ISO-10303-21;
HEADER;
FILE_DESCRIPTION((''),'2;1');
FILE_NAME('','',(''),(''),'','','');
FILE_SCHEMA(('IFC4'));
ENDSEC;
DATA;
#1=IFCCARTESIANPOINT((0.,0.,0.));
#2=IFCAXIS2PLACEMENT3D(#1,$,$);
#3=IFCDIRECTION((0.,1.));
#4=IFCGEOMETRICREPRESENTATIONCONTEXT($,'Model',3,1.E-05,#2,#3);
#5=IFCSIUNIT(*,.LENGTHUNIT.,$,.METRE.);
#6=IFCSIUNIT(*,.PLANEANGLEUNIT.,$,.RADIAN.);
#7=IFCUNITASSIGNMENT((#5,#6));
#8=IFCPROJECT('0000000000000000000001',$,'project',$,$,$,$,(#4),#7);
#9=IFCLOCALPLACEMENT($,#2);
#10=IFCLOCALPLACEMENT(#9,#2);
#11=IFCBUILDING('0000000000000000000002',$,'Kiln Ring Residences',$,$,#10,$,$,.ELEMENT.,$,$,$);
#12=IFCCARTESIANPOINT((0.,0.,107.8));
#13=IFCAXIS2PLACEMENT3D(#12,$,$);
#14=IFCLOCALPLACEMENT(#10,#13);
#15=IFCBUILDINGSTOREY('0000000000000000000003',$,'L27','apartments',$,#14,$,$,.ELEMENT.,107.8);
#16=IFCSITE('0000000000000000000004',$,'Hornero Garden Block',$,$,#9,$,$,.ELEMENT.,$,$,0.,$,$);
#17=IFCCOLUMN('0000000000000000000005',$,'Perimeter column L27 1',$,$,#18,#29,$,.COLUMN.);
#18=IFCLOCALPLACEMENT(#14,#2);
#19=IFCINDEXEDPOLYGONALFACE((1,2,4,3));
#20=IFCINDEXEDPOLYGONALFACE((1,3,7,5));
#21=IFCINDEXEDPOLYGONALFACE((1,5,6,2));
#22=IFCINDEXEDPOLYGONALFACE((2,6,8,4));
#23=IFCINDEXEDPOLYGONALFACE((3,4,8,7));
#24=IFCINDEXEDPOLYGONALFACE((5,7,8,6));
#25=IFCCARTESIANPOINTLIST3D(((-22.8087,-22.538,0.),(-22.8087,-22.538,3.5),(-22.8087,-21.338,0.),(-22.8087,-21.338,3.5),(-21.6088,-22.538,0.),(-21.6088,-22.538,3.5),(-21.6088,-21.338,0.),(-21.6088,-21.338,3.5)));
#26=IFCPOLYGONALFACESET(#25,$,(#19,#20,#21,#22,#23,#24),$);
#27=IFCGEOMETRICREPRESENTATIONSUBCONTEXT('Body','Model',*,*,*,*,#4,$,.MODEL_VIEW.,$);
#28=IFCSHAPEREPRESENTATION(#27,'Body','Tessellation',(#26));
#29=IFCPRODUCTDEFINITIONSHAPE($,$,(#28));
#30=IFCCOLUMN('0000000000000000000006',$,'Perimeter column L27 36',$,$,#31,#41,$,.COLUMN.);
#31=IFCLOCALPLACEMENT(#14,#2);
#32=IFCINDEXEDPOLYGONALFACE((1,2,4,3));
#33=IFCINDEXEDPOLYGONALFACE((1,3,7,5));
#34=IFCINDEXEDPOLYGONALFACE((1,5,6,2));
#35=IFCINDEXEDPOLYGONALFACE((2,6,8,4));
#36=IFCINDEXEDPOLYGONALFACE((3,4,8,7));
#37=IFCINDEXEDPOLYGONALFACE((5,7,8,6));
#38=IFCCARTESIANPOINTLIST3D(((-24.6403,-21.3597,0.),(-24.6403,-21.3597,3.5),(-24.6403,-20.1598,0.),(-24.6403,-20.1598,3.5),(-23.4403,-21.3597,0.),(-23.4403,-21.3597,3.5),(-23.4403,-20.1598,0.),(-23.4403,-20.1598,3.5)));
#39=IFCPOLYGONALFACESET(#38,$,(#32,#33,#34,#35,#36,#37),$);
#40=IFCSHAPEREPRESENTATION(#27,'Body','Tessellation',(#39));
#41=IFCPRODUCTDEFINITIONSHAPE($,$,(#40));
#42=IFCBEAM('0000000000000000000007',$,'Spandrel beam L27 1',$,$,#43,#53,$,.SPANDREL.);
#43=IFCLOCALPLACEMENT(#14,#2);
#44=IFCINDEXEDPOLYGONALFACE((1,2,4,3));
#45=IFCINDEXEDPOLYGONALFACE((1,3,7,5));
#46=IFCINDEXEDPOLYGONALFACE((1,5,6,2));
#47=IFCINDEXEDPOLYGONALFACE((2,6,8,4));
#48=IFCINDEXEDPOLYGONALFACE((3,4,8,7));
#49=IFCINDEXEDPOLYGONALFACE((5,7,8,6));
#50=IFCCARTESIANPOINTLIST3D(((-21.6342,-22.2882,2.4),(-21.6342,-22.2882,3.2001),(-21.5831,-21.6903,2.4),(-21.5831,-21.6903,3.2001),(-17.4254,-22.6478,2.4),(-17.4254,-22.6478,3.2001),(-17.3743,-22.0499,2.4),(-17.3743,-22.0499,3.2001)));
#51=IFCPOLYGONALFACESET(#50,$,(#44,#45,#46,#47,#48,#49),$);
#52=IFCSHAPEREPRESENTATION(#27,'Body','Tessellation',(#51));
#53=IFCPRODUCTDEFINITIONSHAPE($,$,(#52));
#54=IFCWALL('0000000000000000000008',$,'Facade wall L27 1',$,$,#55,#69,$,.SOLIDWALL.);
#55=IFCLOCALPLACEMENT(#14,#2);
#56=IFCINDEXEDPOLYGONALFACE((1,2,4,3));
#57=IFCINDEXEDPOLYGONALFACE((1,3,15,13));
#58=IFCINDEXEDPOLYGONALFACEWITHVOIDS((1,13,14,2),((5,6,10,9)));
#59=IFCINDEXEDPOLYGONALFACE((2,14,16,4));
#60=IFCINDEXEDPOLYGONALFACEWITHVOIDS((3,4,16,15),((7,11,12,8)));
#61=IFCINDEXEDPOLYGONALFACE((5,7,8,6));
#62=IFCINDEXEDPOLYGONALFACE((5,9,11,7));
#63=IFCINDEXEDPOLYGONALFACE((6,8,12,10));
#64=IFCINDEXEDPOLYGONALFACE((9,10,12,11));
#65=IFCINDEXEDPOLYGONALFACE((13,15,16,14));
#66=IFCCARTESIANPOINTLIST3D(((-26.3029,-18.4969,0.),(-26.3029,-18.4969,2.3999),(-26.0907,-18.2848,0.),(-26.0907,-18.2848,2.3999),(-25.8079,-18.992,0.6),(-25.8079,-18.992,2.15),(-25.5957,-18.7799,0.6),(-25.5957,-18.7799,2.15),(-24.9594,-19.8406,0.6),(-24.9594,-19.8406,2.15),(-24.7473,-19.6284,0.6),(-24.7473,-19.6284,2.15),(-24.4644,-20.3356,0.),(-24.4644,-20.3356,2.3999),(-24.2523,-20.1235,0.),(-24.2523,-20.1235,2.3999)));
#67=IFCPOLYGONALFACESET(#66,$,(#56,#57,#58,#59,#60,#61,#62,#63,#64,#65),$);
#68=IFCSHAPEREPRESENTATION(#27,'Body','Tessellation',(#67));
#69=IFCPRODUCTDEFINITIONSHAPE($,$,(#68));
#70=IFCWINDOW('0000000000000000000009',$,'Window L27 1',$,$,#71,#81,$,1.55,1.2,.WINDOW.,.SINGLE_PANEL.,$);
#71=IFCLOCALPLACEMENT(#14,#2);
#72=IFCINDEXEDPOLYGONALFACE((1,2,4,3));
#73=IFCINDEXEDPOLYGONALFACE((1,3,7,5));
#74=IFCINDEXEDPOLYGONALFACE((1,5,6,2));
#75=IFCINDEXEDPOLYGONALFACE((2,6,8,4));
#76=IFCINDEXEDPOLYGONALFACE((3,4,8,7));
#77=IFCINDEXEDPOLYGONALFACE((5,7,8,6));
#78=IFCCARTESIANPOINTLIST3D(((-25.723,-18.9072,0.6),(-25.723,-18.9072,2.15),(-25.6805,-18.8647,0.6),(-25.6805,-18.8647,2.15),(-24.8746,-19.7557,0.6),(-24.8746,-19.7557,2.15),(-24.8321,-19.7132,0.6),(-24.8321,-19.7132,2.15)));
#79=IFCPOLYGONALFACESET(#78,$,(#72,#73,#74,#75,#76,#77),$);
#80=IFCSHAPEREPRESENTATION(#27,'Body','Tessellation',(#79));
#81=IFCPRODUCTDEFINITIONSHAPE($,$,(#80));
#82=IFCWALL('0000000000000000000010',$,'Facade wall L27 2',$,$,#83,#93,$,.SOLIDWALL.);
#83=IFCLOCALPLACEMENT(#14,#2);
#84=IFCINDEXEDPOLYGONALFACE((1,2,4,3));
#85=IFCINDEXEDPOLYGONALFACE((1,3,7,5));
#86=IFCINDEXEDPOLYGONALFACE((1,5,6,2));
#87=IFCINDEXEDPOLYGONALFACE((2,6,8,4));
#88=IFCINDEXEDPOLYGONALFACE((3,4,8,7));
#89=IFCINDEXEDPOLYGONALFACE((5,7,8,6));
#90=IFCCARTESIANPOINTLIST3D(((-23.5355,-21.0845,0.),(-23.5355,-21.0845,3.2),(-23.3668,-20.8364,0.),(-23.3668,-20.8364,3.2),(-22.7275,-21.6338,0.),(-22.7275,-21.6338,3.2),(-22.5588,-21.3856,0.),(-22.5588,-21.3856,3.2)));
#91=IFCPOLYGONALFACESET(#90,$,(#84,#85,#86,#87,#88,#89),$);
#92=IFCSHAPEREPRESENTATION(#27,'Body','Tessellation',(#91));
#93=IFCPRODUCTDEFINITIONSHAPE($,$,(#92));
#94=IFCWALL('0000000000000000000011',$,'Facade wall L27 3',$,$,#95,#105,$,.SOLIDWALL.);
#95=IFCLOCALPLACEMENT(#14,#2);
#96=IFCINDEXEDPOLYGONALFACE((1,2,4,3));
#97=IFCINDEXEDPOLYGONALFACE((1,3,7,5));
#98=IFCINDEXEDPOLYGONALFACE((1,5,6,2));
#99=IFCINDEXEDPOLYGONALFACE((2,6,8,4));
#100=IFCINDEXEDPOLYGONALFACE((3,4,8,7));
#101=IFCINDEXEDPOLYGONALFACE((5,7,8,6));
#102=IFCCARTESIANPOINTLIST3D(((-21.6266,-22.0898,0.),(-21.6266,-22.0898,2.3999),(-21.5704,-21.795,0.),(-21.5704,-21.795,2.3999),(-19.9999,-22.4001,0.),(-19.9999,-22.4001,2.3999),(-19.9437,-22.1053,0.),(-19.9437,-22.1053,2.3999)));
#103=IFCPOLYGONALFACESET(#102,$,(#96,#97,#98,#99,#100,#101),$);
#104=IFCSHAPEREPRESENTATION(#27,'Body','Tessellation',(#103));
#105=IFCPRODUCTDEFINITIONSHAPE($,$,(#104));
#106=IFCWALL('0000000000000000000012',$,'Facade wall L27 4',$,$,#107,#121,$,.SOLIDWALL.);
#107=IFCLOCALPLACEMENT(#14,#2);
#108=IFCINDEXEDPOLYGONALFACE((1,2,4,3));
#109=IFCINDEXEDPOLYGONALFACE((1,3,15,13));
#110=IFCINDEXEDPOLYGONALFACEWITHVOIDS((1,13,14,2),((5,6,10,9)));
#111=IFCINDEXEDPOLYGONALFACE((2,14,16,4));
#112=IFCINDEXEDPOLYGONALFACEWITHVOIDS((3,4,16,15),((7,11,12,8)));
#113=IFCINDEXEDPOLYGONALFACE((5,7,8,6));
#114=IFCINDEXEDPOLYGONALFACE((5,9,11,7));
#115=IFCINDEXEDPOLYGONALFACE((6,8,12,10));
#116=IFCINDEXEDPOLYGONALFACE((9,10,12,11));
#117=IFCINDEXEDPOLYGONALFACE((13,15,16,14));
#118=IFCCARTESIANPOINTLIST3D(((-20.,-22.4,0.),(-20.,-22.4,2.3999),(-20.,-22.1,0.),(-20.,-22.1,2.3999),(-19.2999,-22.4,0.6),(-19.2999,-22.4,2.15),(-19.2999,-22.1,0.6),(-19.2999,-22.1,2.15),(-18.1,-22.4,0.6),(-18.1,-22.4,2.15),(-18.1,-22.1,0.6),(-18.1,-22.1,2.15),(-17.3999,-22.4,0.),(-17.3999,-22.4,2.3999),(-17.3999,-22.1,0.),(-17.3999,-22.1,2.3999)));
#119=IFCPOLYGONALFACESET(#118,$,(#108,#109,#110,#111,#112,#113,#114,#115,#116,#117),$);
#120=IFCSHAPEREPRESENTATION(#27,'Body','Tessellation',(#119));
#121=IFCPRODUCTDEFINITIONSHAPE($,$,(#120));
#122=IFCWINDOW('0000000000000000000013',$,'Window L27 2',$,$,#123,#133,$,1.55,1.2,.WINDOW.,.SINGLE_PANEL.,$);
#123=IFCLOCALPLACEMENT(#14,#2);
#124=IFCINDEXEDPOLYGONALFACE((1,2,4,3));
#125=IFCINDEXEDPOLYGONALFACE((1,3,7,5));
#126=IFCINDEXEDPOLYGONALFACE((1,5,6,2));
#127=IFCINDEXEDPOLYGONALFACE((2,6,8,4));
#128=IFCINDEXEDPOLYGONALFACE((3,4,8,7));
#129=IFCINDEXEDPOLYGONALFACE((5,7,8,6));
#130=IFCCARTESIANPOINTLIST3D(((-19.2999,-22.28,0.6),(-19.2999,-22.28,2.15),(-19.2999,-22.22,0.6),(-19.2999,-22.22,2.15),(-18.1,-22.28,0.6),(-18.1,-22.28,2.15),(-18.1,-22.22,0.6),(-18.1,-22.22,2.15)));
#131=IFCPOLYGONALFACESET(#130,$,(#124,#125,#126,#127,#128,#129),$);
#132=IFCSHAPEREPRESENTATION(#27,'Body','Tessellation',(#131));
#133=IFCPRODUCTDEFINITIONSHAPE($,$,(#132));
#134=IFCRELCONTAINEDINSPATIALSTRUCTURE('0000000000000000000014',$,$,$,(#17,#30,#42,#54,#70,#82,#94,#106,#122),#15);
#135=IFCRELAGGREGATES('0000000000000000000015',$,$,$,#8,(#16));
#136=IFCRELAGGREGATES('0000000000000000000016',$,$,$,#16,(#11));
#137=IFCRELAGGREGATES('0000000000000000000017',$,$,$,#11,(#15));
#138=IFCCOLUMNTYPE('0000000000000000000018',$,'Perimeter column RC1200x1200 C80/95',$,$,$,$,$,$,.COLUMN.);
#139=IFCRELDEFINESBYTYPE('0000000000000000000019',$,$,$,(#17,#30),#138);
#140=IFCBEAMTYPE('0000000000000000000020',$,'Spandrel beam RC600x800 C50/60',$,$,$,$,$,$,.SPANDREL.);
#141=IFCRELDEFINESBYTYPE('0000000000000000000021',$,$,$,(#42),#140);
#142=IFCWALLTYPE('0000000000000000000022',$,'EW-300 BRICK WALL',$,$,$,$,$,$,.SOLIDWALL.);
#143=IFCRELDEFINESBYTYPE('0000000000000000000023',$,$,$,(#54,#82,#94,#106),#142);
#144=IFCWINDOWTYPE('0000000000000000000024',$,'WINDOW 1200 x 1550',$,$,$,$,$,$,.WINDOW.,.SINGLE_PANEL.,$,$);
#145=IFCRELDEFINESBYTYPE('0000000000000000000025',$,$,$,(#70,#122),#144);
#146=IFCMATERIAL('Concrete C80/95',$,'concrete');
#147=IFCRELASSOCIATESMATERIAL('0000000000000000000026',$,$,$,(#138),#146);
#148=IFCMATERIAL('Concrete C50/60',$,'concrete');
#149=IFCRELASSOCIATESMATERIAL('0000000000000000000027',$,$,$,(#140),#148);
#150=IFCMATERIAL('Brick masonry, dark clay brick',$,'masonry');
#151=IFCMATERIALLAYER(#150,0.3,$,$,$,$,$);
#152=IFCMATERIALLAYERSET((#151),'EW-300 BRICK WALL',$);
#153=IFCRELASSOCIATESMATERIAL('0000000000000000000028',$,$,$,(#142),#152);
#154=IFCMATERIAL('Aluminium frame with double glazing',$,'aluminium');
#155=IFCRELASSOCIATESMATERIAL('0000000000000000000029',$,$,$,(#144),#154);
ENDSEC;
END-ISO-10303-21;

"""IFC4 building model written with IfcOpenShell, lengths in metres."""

from ifc_helpers import new_model, si_unit, direction, frame, frame_2d, origin, origin_2d, place, context, subcontext, project, spatial, rectangle, extrude, material, layer, layer_set, material_profile, profile_set, type_object, element, fill, save


model = new_model("IFC4")

# Units and contexts
model_context = context("Model", 3, precision=1e-05, world=origin(), true_north=direction((0.0, 1.0)))
body_context = subcontext(model_context, "Body", "Model", "MODEL_VIEW")
ifc_project = project(units=[si_unit("LENGTHUNIT", "METRE"), si_unit("PLANEANGLEUNIT", "RADIAN")], contexts=[model_context])

# Site, building, storey
site_placement = place(None, origin())
site = spatial("IfcSite", under=ifc_project, at=site_placement, Name="Hornero Garden Block", CompositionType="ELEMENT", RefElevation=0.0)
building_placement = place(site_placement, origin())
building = spatial("IfcBuilding", under=site, at=building_placement, Name="Kiln Ring Residences", CompositionType="ELEMENT")
storey_placement = place(building_placement, frame((0.0, 0.0, 107.8)))
storey = spatial("IfcBuildingStorey", under=building, at=storey_placement, Name="L27", Description="apartments", CompositionType="ELEMENT", Elevation=107.8)

# Columns
ifc_material_1 = material(Name="Concrete C80/95", Category="concrete")
ifc_material_profile_1 = material_profile(ifc_material_1, rectangle(XDim=1.2, YDim=1.2, at=origin_2d()), Name="RC1200x1200")
ifc_profile_set_1 = profile_set([ifc_material_profile_1], Name="Concrete C80/95")
column_type = type_object("IfcColumnType", Name="Perimeter column RC1200x1200 C80/95", PredefinedType="COLUMN", material=ifc_profile_set_1)
for number, where, z_axis, x_axis, name in (
    (1, (-22.2087, -21.938, 0.0), (0.0, 0.0, 1.0), (1.0, 0.0, 0.0), "Perimeter column L27 1"),
    (2, (-24.0403, -20.7598, 0.0), (0.0, 0.0, 1.0), (1.0, 0.0, 0.0), "Perimeter column L27 36"),
):
    element("IfcColumn", number, at=place(storey_placement, frame(where, z_axis=z_axis, x_axis=x_axis)), inside=storey, type_object=column_type, Name=name, PredefinedType="COLUMN", context=body_context, shape_type="SweptSolid", body=[
        extrude(rectangle(XDim=1.2, YDim=1.2, at=origin_2d()), origin(), (0.0, 0.0, 1.0), 3.5),
    ])

# Beam
ifc_material_2 = material(Name="Concrete C50/60", Category="concrete")
ifc_material_profile_2 = material_profile(ifc_material_2, rectangle(XDim=0.6001, YDim=0.8, at=origin_2d()), Name="RC600x800")
ifc_profile_set_2 = profile_set([ifc_material_profile_2], Name="Concrete C50/60")
beam_type = type_object("IfcBeamType", Name="Spandrel beam RC600x800 C50/60", PredefinedType="SPANDREL", material=ifc_profile_set_2)
beam_placement = place(storey_placement, frame((-21.6086, -21.9893, 2.8), z_axis=(0.996369, -0.085136, 0.0), x_axis=(0.085136, 0.996369, 0.0)))
element("IfcBeam", 3, at=beam_placement, inside=storey, type_object=beam_type, Name="Spandrel beam L27 1", PredefinedType="SPANDREL", context=body_context, shape_type="SweptSolid", body=[
    extrude(rectangle(XDim=0.6001, YDim=0.8, at=origin_2d()), origin(), (0.0, 0.0, 1.0), 4.2241),
])

# Wall, opening, window
ifc_material_3 = material(Name="Brick masonry, dark clay brick", Category="masonry")
ifc_layer_1 = layer(ifc_material_3, 0.3)
ifc_layer_set_1 = layer_set([ifc_layer_1], Name="EW-300 BRICK WALL")
wall_type_1 = type_object("IfcWallType", Name="EW-300 BRICK WALL", PredefinedType="SOLIDWALL", material=ifc_layer_set_1)
wall_1_placement = place(storey_placement, frame((-26.1968, -18.3909, 0.0), z_axis=(0.0, 0.0, 1.0), x_axis=(0.70706, -0.707154, 0.0)))
wall_1 = element("IfcWall", 4, at=wall_1_placement, inside=storey, type_object=wall_type_1, Name="Facade wall L27 1", PredefinedType="SOLIDWALL", context=body_context, shape_type="SweptSolid", body=[
    extrude(rectangle(XDim=2.6001, YDim=0.3, at=frame_2d((1.3, 0.0))), origin(), (0.0, 0.0, 1.0), 2.3999),
])
opening_1_placement = place(wall_1_placement, frame((0.7, 0.0, 0.6001)))
opening_1 = element("IfcOpeningElement", 5, at=opening_1_placement, cuts=wall_1, PredefinedType="OPENING", context=body_context, shape_type="SweptSolid", body=[
    extrude(rectangle(XDim=1.2, YDim=1.55, at=frame_2d((0.6001, 0.7749))), frame((0.0, 0.1599, 0.0), z_axis=(0.0, -1.0, 0.0), x_axis=(1.0, 0.0, 0.0)), (0.0, 0.0, 1.0), 0.3201),
])
ifc_material_4 = material(Name="Aluminium frame with double glazing", Category="aluminium")
window_type = type_object("IfcWindowType", Name="WINDOW 1200 x 1550", PartitioningType="SINGLE_PANEL", PredefinedType="WINDOW", material=ifc_material_4)
window_1_placement = place(opening_1_placement, origin())
window_1 = element("IfcWindow", 6, at=window_1_placement, inside=storey, type_object=window_type, Name="Window L27 1", OverallHeight=1.55, OverallWidth=1.2, PartitioningType="SINGLE_PANEL", PredefinedType="WINDOW", context=body_context, shape_type="SweptSolid", body=[
    extrude(rectangle(XDim=1.2, YDim=1.55, at=frame_2d((0.6001, 0.7749))), frame((0.0, 0.03, 0.0), z_axis=(0.0, -1.0, 0.0), x_axis=(1.0, 0.0, 0.0)), (0.0, 0.0, 1.0), 0.0601),
])
fill(opening_1, window_1)

# Walls
wall_2_placement = place(storey_placement, frame((-23.4512, -20.9604, 0.0), z_axis=(0.0, 0.0, 1.0), x_axis=(0.827019, -0.562173, 0.0)))
element("IfcWall", 7, at=wall_2_placement, inside=storey, type_object=wall_type_1, Name="Facade wall L27 2", PredefinedType="SOLIDWALL", context=body_context, shape_type="SweptSolid", body=[
    extrude(rectangle(XDim=0.9771, YDim=0.3, at=frame_2d((0.4885, 0.0))), origin(), (0.0, 0.0, 1.0), 3.2),
])
wall_3_placement = place(storey_placement, frame((-21.5986, -21.9424, 0.0), z_axis=(0.0, 0.0, 1.0), x_axis=(0.982288, -0.187376, 0.0)))
element("IfcWall", 8, at=wall_3_placement, inside=storey, type_object=wall_type_1, Name="Facade wall L27 3", PredefinedType="SOLIDWALL", context=body_context, shape_type="SweptSolid", body=[
    extrude(rectangle(XDim=1.656, YDim=0.3, at=frame_2d((0.8281, 0.0))), origin(), (0.0, 0.0, 1.0), 2.3999),
])

# Wall, opening, window
wall_4_placement = place(storey_placement, frame((-20.0, -22.25, 0.0), z_axis=(0.0, 0.0, 1.0), x_axis=(1.0, 0.0, 0.0)))
wall_4 = element("IfcWall", 9, at=wall_4_placement, inside=storey, type_object=wall_type_1, Name="Facade wall L27 4", PredefinedType="SOLIDWALL", context=body_context, shape_type="SweptSolid", body=[
    extrude(rectangle(XDim=2.6001, YDim=0.3, at=frame_2d((1.3, 0.0))), origin(), (0.0, 0.0, 1.0), 2.3999),
])
opening_2_placement = place(wall_4_placement, frame((0.7, 0.0, 0.6001)))
opening_2 = element("IfcOpeningElement", 10, at=opening_2_placement, cuts=wall_4, PredefinedType="OPENING", context=body_context, shape_type="SweptSolid", body=[
    extrude(rectangle(XDim=1.2, YDim=1.55, at=frame_2d((0.6001, 0.7749))), frame((0.0, 0.1599, 0.0), z_axis=(0.0, -1.0, 0.0), x_axis=(1.0, 0.0, 0.0)), (0.0, 0.0, 1.0), 0.3201),
])
window_2_placement = place(opening_2_placement, origin())
window_2 = element("IfcWindow", 11, at=window_2_placement, inside=storey, type_object=window_type, Name="Window L27 2", OverallHeight=1.55, OverallWidth=1.2, PartitioningType="SINGLE_PANEL", PredefinedType="WINDOW", context=body_context, shape_type="SweptSolid", body=[
    extrude(rectangle(XDim=1.2, YDim=1.55, at=frame_2d((0.6001, 0.7749))), frame((0.0, 0.03, 0.0), z_axis=(0.0, -1.0, 0.0), x_axis=(1.0, 0.0, 0.0)), (0.0, 0.0, 1.0), 0.0601),
])
fill(opening_2, window_2)

save(model, "model.ifc")
